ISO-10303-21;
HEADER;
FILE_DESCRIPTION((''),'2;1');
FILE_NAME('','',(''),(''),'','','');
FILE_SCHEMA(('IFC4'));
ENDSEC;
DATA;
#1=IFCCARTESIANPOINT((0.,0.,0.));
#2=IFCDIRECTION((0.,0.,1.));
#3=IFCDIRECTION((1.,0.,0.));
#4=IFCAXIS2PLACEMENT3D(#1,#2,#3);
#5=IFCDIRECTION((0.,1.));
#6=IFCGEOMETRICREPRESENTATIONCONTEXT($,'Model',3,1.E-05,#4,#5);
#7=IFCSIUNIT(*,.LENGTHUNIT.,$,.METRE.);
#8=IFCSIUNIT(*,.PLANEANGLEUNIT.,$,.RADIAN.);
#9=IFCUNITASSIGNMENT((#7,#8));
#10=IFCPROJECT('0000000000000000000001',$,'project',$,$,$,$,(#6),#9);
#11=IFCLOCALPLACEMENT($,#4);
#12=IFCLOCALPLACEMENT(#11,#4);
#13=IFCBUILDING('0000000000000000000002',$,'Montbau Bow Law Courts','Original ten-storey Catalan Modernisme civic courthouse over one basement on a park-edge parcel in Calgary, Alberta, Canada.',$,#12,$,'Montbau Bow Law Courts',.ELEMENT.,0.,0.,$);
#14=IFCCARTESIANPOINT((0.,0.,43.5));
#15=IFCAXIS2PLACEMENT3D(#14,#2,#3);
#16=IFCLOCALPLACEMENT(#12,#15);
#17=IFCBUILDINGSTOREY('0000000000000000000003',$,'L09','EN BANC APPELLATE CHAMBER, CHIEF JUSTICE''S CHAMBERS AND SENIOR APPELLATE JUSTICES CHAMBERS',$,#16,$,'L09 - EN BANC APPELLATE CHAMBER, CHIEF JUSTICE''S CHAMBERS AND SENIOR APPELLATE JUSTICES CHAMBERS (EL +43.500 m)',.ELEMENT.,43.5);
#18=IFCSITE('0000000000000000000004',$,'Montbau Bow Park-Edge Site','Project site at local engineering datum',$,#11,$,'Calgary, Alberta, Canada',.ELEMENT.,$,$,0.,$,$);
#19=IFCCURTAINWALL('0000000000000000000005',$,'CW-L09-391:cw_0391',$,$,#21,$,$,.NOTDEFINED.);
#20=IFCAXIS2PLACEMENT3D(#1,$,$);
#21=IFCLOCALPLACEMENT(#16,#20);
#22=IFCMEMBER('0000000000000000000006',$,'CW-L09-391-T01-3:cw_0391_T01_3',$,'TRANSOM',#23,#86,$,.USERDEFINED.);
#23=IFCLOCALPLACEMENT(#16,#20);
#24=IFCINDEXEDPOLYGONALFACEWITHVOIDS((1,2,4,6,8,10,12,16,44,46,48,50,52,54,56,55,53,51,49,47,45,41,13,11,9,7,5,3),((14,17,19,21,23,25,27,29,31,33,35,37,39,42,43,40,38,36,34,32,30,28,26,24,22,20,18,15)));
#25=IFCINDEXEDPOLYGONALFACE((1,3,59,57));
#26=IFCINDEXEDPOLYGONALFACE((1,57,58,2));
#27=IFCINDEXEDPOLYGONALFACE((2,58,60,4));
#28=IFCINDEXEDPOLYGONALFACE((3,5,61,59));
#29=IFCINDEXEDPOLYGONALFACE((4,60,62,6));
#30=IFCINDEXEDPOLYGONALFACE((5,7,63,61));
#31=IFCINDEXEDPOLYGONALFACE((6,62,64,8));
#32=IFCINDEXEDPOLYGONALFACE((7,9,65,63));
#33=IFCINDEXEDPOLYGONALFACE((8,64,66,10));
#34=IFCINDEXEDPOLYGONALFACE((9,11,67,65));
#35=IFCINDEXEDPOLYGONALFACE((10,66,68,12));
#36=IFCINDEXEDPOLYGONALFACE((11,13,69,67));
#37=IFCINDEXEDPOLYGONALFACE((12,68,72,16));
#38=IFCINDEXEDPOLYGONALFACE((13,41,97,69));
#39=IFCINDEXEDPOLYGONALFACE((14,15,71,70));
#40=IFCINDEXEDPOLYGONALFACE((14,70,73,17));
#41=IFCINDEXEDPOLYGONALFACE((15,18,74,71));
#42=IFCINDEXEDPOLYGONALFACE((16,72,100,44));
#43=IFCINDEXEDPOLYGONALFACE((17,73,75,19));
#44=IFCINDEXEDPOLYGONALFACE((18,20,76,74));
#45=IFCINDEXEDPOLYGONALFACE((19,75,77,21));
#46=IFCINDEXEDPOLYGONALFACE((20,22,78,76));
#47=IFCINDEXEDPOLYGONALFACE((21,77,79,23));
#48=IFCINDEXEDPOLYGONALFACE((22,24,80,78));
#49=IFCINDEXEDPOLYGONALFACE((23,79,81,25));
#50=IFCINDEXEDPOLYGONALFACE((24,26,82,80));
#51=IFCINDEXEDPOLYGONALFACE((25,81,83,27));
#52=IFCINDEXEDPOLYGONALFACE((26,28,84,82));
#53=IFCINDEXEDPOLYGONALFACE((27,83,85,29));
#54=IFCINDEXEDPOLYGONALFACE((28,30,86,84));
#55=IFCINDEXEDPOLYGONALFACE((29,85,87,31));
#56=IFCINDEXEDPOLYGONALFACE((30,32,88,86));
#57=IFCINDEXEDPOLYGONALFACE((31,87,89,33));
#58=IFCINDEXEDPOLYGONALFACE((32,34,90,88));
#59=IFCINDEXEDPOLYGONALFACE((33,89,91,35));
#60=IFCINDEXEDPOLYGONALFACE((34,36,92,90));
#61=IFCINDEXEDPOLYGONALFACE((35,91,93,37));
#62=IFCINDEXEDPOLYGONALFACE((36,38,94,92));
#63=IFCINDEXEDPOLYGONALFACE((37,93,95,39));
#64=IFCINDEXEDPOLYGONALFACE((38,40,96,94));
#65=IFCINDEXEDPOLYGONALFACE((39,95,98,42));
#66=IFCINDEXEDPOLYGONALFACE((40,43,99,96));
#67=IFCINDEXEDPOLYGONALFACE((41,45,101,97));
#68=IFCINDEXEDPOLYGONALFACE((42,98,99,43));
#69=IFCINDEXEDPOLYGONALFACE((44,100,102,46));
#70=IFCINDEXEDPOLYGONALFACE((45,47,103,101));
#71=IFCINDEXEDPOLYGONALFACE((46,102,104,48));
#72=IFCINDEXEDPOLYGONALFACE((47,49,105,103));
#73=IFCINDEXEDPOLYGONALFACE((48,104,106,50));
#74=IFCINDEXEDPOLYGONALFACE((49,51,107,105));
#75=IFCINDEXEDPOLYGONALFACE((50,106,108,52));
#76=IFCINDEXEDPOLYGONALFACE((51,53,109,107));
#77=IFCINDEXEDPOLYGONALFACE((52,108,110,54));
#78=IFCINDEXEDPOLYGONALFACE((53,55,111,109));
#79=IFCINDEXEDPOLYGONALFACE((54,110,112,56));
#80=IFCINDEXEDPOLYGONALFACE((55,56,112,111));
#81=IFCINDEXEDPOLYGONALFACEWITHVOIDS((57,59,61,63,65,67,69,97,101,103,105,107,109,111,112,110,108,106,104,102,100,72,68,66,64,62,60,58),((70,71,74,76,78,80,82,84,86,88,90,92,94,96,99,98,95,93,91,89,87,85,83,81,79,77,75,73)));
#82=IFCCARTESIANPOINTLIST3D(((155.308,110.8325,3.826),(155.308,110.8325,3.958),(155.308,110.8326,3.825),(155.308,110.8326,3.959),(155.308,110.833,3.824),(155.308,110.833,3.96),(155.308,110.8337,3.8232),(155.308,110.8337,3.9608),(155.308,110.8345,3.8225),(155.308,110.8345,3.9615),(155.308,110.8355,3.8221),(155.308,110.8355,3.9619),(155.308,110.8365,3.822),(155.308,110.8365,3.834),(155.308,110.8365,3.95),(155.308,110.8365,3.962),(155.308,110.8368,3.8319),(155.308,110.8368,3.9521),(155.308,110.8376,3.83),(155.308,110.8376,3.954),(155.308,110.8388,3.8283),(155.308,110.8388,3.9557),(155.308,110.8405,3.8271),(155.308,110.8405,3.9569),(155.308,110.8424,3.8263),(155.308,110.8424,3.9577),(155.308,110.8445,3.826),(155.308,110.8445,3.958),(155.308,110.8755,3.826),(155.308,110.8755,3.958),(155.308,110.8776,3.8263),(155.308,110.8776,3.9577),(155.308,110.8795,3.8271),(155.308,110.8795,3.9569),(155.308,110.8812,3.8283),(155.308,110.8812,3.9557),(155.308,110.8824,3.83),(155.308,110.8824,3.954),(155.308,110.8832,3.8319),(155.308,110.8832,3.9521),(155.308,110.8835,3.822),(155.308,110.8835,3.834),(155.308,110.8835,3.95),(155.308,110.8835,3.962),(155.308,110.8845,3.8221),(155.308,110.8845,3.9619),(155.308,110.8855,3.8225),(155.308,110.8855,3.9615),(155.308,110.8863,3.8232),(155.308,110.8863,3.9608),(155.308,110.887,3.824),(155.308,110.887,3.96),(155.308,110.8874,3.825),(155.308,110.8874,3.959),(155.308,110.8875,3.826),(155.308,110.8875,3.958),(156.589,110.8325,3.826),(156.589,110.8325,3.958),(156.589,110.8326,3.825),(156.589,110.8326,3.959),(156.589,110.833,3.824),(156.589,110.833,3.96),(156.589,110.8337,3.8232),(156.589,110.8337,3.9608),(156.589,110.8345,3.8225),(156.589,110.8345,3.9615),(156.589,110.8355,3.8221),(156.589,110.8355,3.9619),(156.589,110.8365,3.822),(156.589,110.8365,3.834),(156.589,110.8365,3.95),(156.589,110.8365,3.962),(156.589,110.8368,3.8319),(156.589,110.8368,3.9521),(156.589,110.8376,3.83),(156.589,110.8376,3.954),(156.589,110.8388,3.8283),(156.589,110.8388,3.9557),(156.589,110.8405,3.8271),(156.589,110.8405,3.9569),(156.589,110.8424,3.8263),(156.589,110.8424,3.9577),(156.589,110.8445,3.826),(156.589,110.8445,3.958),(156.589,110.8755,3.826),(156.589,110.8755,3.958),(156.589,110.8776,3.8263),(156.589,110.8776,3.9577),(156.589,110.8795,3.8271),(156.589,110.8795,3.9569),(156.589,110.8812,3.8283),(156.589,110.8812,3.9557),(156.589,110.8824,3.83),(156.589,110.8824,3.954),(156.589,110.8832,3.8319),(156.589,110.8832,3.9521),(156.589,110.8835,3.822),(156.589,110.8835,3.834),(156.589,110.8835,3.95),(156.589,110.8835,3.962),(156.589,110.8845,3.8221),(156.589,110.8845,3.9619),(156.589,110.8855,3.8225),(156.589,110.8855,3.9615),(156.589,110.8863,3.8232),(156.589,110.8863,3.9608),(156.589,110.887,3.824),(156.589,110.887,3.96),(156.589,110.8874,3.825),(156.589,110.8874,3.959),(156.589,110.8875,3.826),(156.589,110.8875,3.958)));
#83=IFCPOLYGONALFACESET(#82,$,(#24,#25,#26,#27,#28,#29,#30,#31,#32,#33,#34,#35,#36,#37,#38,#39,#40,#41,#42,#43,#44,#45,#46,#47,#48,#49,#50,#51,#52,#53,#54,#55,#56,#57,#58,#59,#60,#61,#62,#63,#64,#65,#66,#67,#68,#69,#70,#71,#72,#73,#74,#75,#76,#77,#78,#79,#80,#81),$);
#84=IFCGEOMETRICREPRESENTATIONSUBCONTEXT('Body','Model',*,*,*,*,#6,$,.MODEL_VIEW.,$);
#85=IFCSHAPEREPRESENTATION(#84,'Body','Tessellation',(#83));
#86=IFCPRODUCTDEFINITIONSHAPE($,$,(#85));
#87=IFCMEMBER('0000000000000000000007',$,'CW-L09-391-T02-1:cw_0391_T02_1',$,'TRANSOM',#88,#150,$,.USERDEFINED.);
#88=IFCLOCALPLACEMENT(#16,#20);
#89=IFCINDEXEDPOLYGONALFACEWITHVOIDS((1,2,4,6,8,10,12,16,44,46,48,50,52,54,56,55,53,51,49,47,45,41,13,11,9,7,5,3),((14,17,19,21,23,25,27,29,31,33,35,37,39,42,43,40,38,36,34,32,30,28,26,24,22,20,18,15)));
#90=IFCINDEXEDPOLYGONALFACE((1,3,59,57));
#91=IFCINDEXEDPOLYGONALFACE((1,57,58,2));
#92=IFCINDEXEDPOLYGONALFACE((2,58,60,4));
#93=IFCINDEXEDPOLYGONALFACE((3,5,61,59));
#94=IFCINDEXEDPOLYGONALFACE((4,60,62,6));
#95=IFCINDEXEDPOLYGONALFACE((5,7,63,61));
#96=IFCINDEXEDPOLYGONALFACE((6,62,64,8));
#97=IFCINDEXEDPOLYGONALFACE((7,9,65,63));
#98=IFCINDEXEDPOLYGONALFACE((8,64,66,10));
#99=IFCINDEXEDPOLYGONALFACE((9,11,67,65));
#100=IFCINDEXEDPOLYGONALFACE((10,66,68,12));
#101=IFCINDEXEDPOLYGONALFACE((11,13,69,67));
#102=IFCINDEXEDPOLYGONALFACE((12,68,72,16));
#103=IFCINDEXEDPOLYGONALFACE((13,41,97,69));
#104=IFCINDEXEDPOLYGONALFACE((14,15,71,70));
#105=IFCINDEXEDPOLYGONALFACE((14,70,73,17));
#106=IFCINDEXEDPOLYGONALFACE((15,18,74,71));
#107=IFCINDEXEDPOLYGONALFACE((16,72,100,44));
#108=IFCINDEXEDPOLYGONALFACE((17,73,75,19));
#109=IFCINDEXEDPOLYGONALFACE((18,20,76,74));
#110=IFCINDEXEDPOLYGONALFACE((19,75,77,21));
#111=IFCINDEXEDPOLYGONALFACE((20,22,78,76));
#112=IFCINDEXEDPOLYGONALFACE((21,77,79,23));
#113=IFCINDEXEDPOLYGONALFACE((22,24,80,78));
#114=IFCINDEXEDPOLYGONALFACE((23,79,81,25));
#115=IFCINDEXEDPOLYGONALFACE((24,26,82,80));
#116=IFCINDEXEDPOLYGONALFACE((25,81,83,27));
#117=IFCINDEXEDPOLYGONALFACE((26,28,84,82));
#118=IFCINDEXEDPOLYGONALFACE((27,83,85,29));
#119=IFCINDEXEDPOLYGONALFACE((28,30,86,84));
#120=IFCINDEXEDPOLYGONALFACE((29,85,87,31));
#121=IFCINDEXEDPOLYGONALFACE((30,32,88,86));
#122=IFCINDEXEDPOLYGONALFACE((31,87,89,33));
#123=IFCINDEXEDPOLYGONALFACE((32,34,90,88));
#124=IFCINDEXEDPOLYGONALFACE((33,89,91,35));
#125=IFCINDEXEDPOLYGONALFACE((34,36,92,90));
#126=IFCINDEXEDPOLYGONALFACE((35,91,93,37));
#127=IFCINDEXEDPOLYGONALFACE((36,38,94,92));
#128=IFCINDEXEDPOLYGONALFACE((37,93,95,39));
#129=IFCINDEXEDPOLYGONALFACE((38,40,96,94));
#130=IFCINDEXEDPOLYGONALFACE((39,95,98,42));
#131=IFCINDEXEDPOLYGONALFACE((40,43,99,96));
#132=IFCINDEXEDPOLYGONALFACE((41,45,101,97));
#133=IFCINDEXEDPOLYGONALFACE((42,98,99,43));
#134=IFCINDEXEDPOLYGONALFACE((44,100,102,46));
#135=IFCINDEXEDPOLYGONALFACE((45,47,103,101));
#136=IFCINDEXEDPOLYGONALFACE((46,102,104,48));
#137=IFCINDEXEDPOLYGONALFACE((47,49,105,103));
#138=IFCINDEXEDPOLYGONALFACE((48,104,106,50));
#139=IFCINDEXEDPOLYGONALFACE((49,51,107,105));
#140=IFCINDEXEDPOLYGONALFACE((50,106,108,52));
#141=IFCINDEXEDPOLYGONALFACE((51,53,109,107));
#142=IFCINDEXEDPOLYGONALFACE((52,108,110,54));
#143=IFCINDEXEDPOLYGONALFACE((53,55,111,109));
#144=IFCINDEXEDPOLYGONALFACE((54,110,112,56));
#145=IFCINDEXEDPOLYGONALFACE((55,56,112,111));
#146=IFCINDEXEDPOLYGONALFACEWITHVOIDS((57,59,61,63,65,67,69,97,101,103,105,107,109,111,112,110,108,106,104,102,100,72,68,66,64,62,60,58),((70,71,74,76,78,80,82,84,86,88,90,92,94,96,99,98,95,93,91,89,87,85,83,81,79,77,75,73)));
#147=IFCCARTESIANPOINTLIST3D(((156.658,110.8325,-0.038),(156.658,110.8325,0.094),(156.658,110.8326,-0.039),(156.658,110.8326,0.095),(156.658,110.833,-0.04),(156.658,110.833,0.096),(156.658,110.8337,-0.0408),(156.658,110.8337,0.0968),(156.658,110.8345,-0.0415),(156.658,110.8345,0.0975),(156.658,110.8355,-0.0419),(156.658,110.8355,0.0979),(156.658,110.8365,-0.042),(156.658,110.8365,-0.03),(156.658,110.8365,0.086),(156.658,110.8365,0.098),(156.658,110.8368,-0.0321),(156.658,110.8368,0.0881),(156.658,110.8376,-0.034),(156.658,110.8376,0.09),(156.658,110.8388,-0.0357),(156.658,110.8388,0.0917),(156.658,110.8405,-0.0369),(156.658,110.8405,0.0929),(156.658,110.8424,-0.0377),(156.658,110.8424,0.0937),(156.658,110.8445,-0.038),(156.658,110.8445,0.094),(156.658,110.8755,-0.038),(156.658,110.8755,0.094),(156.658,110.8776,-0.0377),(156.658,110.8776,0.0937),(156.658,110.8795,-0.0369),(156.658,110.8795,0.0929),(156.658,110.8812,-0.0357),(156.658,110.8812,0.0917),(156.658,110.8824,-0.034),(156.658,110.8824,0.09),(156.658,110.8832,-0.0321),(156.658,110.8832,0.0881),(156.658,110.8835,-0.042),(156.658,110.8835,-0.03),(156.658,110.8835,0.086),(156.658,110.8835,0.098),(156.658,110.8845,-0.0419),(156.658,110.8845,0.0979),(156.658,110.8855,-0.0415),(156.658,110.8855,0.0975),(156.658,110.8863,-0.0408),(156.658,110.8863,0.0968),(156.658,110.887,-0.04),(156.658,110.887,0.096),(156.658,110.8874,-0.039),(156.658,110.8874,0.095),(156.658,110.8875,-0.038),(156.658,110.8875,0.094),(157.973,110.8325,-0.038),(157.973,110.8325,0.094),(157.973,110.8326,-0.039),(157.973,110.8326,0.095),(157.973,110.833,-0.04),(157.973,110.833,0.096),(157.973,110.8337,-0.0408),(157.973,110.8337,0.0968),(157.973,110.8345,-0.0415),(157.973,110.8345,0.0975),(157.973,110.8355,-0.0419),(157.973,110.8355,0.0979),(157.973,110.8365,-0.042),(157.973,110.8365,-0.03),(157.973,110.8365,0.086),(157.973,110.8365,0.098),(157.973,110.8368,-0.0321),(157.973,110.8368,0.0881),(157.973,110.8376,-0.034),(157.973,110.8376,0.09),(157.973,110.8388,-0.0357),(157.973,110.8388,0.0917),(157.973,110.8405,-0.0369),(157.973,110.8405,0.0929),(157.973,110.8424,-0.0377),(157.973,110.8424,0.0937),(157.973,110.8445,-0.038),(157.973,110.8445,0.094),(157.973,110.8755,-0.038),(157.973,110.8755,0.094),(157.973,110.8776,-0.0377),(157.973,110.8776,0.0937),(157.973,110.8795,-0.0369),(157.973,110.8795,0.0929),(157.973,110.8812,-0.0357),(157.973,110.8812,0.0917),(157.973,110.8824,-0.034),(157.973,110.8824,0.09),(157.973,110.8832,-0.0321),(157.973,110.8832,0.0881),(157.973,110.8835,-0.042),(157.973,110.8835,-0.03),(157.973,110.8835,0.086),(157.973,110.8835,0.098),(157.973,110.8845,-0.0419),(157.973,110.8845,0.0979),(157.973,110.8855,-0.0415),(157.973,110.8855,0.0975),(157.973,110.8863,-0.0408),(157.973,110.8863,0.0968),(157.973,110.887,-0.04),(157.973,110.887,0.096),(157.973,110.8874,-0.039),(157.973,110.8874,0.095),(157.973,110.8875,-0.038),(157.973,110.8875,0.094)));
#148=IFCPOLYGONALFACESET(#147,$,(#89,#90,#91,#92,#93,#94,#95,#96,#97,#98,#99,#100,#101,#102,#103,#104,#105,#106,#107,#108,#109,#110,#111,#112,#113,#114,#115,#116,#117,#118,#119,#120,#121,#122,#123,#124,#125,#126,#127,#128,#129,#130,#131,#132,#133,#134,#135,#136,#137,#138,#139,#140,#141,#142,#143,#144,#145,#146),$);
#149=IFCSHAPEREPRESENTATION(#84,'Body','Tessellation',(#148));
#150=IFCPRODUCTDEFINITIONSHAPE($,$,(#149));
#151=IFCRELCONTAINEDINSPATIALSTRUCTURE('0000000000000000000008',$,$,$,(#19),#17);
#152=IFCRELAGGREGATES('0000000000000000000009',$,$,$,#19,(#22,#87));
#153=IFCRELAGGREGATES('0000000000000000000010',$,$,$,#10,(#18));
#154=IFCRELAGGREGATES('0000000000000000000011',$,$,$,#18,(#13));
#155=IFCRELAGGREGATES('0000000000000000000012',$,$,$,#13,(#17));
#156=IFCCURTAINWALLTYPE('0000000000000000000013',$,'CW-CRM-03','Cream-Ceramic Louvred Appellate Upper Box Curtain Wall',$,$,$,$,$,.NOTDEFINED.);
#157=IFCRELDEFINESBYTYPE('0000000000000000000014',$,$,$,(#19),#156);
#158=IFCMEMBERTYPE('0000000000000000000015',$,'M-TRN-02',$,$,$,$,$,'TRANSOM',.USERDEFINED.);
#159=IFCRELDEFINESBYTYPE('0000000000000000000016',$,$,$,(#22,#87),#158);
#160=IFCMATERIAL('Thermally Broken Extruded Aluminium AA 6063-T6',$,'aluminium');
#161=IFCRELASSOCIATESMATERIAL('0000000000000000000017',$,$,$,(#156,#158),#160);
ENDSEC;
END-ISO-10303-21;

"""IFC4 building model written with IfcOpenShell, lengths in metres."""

from ifc_helpers import new_model, si_unit, direction, frame, origin_with_axes, origin_2d_with_axis, place, context, subcontext, project, spatial, hollow_rectangle, extrude, material, material_profile, profile_set, type_object, element, aggregate, save


model = new_model("IFC4")

# Units and contexts
model_context = context("Model", 3, precision=1e-05, world=origin_with_axes(), true_north=direction((0.0, 1.0)))
body_context = subcontext(model_context, "Body", "Model", "MODEL_VIEW")
ifc_project = project(units=[si_unit("LENGTHUNIT", "METRE"), si_unit("PLANEANGLEUNIT", "RADIAN")], contexts=[model_context])

# Site, building, storey
site_placement = place(None, origin_with_axes())
site = spatial("IfcSite", under=ifc_project, at=site_placement, Name="Montbau Bow Park-Edge Site", Description="Project site at local engineering datum", LongName="Calgary, Alberta, Canada", CompositionType="ELEMENT", RefElevation=0.0)
building_placement = place(site_placement, origin_with_axes())
building = spatial("IfcBuilding", under=site, at=building_placement, Name="Montbau Bow Law Courts", Description="Original ten-storey Catalan Modernisme civic courthouse over one basement on a park-edge parcel in Calgary, Alberta, Canada.", LongName="Montbau Bow Law Courts", CompositionType="ELEMENT", ElevationOfRefHeight=0.0, ElevationOfTerrain=0.0)
storey_placement = place(building_placement, frame((0.0, 0.0, 43.5), z_axis=(0.0, 0.0, 1.0), x_axis=(1.0, 0.0, 0.0)))
storey = spatial("IfcBuildingStorey", under=building, at=storey_placement, Name="L09", Description="EN BANC APPELLATE CHAMBER, CHIEF JUSTICE'S CHAMBERS AND SENIOR APPELLATE JUSTICES CHAMBERS", LongName="L09 - EN BANC APPELLATE CHAMBER, CHIEF JUSTICE'S CHAMBERS AND SENIOR APPELLATE JUSTICES CHAMBERS (EL +43.500 m)", CompositionType="ELEMENT", Elevation=43.5)

# Curtain wall, members
ifc_material_1 = material(Name="Thermally Broken Extruded Aluminium AA 6063-T6", Category="aluminium")
curtain_wall_type = type_object("IfcCurtainWallType", Name="CW-CRM-03", Description="Cream-Ceramic Louvred Appellate Upper Box Curtain Wall", PredefinedType="NOTDEFINED", material=ifc_material_1)
curtain_wall_placement = place(None, frame((155.24, 110.86, 43.5), z_axis=(0.0, 0.0, 1.0), x_axis=(1.0, 0.0, 0.0)))
curtain_wall = element("IfcCurtainWall", 1, at=curtain_wall_placement, inside=storey, type_object=curtain_wall_type, Name="CW-L09-391:cw_0391", PredefinedType="NOTDEFINED")
ifc_material_profile_1 = material_profile(ifc_material_1, hollow_rectangle(XDim=0.055, YDim=0.14, WallThickness=0.004, InnerFilletRadius=0.008, OuterFilletRadius=0.004, at=origin_2d_with_axis()), Name="CWT-140X55", Category="Main", Priority=0)
ifc_profile_set_1 = profile_set([ifc_material_profile_1], Name="Thermally Broken Extruded Aluminium AA 6063-T6")
member_type_1 = type_object("IfcMemberType", Name="M-TRN-02", ElementType="TRANSOM", PredefinedType="USERDEFINED", material=ifc_profile_set_1)
member_1_placement = place(None, frame((155.308, 110.86, 47.392), z_axis=(1.0, 0.0, 0.0), x_axis=(0.0, 1.0, 0.0)))
member_1 = element("IfcMember", 2, at=member_1_placement, type_object=member_type_1, Name="CW-L09-391-T01-3:cw_0391_T01_3", ObjectType="TRANSOM", PredefinedType="USERDEFINED", context=body_context, shape_type="SweptSolid", body=[
    extrude(hollow_rectangle(XDim=0.055, YDim=0.14, WallThickness=0.004, InnerFilletRadius=0.008, OuterFilletRadius=0.004, at=origin_2d_with_axis()), origin_with_axes(), (0.0, 0.0, 1.0), 1.281),
])
member_2_placement = place(None, frame((156.658, 110.86, 43.528), z_axis=(1.0, 0.0, 0.0), x_axis=(0.0, 1.0, 0.0)))
member_2 = element("IfcMember", 3, at=member_2_placement, type_object=member_type_1, Name="CW-L09-391-T02-1:cw_0391_T02_1", ObjectType="TRANSOM", PredefinedType="USERDEFINED", context=body_context, shape_type="SweptSolid", body=[
    extrude(hollow_rectangle(XDim=0.055, YDim=0.14, WallThickness=0.004, InnerFilletRadius=0.008, OuterFilletRadius=0.004, at=origin_2d_with_axis()), origin_with_axes(), (0.0, 0.0, 1.0), 1.315),
])
aggregate(curtain_wall, [member_1, member_2])

save(model, "model.ifc")
